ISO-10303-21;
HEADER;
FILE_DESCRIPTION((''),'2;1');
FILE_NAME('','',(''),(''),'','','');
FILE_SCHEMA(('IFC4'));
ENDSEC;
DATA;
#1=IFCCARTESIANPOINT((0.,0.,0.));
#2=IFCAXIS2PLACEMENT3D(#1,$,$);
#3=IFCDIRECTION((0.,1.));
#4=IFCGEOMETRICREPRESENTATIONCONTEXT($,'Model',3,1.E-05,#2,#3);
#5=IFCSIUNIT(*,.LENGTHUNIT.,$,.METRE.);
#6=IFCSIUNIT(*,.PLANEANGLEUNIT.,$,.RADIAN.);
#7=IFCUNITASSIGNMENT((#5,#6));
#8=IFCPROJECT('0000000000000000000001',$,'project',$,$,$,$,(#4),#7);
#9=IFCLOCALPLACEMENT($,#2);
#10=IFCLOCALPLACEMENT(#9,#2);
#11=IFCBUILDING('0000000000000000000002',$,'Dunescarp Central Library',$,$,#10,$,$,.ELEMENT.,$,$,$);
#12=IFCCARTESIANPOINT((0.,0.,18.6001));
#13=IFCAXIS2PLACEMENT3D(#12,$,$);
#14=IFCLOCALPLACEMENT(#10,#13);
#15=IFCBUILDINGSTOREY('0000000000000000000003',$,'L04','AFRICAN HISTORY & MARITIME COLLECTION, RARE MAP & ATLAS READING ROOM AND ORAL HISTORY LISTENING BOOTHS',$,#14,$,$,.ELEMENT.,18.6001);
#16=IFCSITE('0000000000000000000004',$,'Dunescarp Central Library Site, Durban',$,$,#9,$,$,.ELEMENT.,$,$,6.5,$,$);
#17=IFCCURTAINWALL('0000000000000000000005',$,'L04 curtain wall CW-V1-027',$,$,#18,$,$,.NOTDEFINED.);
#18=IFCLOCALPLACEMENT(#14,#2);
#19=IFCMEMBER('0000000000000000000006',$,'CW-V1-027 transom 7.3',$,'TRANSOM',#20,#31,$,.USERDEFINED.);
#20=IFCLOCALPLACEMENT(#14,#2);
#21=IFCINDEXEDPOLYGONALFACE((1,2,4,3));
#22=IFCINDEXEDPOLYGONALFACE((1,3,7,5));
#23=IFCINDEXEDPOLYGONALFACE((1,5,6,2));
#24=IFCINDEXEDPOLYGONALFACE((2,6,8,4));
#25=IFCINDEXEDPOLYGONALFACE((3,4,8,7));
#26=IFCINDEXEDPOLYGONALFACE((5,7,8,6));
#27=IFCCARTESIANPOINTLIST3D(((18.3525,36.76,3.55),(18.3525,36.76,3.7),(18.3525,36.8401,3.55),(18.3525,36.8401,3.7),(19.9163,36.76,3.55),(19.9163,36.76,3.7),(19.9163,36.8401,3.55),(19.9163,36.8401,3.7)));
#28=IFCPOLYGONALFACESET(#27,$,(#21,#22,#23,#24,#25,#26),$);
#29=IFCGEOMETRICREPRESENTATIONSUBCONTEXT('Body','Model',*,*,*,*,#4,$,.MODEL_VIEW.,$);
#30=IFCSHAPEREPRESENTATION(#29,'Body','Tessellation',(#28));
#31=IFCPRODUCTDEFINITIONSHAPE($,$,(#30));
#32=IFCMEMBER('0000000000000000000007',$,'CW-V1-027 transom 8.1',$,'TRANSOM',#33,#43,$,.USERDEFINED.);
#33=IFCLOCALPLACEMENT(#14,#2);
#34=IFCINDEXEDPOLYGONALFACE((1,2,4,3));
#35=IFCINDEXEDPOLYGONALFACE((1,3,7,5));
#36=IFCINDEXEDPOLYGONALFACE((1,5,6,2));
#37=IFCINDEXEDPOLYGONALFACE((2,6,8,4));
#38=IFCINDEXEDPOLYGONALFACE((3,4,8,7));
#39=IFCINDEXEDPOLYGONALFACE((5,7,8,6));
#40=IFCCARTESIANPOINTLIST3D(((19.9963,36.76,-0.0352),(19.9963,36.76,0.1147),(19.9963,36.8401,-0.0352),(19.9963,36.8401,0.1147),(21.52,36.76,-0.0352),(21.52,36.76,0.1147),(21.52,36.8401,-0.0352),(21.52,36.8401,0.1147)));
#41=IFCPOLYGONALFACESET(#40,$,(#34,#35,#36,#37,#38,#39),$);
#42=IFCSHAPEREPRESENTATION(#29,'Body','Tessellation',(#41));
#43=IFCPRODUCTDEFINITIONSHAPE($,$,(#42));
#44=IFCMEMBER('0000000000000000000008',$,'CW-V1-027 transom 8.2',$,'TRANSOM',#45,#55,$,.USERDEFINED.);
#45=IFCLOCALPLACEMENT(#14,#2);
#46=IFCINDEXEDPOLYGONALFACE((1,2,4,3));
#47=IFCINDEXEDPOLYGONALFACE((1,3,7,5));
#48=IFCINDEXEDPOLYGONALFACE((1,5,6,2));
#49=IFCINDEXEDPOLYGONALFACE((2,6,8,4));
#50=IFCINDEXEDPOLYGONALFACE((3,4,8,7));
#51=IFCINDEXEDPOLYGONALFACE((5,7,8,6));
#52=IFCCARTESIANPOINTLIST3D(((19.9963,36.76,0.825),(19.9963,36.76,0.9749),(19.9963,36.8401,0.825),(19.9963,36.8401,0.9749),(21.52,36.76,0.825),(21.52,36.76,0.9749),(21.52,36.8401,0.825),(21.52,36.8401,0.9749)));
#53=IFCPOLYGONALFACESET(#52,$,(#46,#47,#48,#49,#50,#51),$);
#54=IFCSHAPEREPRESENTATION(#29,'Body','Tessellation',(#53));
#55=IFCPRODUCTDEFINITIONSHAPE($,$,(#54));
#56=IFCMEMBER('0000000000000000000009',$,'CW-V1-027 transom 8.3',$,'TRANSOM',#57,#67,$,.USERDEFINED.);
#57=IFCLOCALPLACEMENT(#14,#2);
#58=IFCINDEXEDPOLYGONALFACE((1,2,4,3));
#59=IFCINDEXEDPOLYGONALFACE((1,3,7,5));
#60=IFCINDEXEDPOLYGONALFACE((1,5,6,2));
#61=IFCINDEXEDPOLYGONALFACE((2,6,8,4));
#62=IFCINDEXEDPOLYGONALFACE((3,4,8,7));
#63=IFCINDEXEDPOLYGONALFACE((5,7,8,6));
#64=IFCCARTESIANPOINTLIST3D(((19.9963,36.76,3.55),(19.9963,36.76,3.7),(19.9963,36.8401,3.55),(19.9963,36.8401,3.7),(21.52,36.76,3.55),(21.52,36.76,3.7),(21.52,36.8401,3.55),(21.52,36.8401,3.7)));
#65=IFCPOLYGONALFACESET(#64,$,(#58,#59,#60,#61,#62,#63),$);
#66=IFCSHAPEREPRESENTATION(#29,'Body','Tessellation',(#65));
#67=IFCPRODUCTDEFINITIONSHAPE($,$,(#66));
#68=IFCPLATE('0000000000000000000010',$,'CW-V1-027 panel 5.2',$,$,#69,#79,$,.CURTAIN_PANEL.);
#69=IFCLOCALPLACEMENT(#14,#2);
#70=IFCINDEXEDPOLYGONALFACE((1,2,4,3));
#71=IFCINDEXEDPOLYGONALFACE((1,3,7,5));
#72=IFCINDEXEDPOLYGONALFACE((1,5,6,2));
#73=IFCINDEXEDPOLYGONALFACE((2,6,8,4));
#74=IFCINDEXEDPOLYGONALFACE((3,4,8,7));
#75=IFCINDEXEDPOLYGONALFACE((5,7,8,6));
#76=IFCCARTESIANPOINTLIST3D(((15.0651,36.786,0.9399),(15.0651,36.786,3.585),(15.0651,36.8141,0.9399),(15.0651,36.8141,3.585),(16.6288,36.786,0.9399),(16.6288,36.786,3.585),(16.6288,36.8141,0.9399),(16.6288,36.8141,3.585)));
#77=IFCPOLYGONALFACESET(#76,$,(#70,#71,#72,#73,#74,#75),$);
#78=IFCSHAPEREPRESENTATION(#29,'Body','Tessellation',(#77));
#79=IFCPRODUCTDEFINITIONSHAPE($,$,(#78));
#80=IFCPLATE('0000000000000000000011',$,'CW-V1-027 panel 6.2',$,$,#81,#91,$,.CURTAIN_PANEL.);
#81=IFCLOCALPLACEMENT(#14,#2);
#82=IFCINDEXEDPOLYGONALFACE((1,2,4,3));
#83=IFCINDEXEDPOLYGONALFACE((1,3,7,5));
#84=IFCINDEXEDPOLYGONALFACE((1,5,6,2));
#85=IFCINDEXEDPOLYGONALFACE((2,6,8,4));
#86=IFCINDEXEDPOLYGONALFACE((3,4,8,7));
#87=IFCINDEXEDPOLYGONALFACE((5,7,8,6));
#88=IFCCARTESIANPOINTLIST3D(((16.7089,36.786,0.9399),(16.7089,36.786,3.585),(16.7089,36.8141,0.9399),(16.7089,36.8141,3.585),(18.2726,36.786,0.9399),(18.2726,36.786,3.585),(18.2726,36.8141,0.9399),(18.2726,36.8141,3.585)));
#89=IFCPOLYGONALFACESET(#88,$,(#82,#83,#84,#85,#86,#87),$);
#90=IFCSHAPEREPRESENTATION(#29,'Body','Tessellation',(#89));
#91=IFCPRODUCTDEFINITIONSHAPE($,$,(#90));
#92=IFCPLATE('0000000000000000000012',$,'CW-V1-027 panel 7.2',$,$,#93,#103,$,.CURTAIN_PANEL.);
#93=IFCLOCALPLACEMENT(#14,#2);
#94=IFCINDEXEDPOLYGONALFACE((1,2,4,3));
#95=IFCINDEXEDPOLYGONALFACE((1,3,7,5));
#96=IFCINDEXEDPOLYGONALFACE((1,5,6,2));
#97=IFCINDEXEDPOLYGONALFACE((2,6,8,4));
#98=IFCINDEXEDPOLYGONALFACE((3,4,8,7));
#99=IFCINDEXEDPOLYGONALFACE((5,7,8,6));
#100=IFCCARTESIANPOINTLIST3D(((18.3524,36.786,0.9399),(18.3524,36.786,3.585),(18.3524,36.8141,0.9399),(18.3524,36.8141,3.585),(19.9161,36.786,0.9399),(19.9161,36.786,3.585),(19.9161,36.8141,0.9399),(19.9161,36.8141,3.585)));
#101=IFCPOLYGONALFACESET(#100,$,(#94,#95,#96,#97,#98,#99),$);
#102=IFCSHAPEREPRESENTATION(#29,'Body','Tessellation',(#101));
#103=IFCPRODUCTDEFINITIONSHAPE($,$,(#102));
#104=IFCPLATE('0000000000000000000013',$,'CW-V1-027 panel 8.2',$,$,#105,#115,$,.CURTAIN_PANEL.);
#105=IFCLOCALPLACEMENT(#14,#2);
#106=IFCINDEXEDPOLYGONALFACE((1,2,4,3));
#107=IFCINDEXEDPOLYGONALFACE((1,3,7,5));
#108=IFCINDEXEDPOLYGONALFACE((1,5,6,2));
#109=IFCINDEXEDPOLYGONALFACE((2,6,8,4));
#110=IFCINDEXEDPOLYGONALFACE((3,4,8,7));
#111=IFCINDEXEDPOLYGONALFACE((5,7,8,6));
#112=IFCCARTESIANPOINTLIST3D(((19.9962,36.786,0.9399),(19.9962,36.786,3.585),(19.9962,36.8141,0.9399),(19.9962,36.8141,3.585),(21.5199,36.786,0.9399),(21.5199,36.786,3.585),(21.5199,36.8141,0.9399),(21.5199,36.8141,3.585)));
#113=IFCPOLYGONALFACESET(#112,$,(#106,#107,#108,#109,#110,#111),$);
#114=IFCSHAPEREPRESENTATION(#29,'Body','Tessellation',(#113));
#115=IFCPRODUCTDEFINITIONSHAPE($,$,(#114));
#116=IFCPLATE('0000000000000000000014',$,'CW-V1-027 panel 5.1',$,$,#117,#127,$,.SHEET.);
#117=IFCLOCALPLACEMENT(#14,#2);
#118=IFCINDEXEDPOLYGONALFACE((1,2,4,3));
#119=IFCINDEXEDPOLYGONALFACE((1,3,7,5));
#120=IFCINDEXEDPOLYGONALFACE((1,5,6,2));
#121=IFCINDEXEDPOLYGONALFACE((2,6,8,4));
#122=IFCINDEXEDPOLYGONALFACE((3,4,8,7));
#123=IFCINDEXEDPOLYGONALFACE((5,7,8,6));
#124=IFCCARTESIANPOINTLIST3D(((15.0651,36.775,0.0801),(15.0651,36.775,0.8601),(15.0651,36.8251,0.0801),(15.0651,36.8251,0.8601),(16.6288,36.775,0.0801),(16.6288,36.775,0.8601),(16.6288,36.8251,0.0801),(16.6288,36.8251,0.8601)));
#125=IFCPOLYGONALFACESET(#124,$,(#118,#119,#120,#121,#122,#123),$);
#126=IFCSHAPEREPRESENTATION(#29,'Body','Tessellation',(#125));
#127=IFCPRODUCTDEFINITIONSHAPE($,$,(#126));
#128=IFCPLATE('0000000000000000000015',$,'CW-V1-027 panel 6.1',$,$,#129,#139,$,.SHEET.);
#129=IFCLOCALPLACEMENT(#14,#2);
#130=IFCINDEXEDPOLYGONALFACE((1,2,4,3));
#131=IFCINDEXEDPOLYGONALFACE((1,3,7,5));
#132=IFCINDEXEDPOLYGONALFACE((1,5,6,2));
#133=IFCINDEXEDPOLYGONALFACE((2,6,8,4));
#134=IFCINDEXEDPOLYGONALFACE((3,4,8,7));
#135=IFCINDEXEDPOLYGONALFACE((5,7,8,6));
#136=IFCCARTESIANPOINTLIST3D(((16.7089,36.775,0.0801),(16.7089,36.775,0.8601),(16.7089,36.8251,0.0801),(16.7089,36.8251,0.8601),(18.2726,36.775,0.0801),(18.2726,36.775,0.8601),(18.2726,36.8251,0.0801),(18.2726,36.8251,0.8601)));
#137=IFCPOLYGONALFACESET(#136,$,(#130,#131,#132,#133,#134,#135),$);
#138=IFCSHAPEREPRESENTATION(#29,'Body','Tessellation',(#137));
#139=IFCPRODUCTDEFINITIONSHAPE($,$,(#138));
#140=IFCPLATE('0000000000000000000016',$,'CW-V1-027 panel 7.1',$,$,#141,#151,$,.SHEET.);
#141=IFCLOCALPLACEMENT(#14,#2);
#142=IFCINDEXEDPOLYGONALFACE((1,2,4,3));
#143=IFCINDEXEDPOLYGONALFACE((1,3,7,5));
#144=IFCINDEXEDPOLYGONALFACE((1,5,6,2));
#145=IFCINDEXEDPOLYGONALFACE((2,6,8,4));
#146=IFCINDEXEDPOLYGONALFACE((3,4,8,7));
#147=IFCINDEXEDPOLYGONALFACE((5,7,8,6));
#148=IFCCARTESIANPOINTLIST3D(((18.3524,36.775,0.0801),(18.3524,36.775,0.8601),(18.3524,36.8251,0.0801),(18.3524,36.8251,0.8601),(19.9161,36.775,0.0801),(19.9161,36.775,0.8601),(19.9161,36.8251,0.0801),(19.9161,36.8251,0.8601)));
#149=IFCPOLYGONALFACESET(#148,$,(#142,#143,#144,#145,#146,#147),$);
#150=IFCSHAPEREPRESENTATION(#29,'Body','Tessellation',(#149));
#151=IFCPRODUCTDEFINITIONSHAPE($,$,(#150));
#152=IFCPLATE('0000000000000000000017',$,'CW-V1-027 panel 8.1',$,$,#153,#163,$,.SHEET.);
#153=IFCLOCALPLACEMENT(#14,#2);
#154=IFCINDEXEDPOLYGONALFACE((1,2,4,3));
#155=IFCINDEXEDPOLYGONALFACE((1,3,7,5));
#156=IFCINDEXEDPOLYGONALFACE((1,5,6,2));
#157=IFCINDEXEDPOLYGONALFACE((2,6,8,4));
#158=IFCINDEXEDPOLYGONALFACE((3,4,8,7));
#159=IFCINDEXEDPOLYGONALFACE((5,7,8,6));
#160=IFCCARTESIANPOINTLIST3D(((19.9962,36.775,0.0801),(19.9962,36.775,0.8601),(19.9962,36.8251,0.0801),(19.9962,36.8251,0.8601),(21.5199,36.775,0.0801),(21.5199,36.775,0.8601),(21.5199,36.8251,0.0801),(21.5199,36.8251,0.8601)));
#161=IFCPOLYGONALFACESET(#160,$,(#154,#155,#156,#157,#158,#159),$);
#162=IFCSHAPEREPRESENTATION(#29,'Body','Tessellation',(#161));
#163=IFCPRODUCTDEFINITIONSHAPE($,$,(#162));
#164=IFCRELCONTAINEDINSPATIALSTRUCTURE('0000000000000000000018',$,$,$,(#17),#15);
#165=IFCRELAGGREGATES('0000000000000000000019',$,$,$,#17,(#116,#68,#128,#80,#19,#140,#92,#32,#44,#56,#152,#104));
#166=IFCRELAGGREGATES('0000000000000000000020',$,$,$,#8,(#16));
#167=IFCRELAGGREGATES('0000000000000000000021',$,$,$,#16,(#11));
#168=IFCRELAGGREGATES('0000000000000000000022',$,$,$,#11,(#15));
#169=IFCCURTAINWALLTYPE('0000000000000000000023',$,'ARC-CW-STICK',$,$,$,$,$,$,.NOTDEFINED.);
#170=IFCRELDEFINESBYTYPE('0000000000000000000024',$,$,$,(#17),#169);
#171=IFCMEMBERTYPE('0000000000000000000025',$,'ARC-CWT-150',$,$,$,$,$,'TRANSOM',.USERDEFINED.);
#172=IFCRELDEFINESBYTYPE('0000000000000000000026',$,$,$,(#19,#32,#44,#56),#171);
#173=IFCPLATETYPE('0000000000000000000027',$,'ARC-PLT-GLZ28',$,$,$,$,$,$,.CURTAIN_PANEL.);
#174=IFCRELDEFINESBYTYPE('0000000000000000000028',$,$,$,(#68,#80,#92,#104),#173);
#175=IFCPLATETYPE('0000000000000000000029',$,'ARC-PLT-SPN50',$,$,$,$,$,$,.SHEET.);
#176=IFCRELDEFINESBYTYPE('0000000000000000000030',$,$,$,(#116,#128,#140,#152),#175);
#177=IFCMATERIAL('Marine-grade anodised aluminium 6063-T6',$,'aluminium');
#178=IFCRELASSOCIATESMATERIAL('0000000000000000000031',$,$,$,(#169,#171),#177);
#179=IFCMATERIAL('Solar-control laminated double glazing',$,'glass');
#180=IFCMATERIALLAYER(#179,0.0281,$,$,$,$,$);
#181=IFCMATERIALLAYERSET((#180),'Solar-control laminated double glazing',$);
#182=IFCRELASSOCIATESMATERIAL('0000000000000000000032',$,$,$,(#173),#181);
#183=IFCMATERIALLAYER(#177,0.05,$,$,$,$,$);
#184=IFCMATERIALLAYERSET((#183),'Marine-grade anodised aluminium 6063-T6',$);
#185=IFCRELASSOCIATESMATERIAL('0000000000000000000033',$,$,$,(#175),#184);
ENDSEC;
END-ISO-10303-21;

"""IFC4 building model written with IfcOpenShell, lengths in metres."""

from ifc_helpers import new_model, si_unit, direction, frame, origin, origin_2d, place, context, subcontext, project, spatial, rectangle, extrude, material, layer, layer_set, material_profile, profile_set, type_object, element, aggregate, save


model = new_model("IFC4")

# Units and contexts
model_context = context("Model", 3, precision=1e-05, world=origin(), true_north=direction((0.0, 1.0)))
body_context = subcontext(model_context, "Body", "Model", "MODEL_VIEW")
ifc_project = project(units=[si_unit("LENGTHUNIT", "METRE"), si_unit("PLANEANGLEUNIT", "RADIAN")], contexts=[model_context])

# Site, building, storey
site_placement = place(None, origin())
site = spatial("IfcSite", under=ifc_project, at=site_placement, Name="Dunescarp Central Library Site, Durban", CompositionType="ELEMENT", RefElevation=6.5)
building_placement = place(site_placement, origin())
building = spatial("IfcBuilding", under=site, at=building_placement, Name="Dunescarp Central Library", CompositionType="ELEMENT")
storey_placement = place(building_placement, frame((0.0, 0.0, 18.6001)))
storey = spatial("IfcBuildingStorey", under=building, at=storey_placement, Name="L04", Description="AFRICAN HISTORY & MARITIME COLLECTION, RARE MAP & ATLAS READING ROOM AND ORAL HISTORY LISTENING BOOTHS", CompositionType="ELEMENT", Elevation=18.6001)

# Curtain wall, members, plates
ifc_material_1 = material(Name="Marine-grade anodised aluminium 6063-T6", Category="aluminium")
curtain_wall_type = type_object("IfcCurtainWallType", Name="ARC-CW-STICK", PredefinedType="NOTDEFINED", material=ifc_material_1)
curtain_wall_placement = place(storey_placement, origin())
curtain_wall = element("IfcCurtainWall", 1, at=curtain_wall_placement, inside=storey, type_object=curtain_wall_type, Name="L04 curtain wall CW-V1-027", PredefinedType="NOTDEFINED")
ifc_material_profile_1 = material_profile(ifc_material_1, rectangle(XDim=0.0801, YDim=0.1499, at=origin_2d()), Name="AL 80x150")
ifc_profile_set_1 = profile_set([ifc_material_profile_1], Name="Marine-grade anodised aluminium 6063-T6")
member_type_1 = type_object("IfcMemberType", Name="ARC-CWT-150", ElementType="TRANSOM", PredefinedType="USERDEFINED", material=ifc_profile_set_1)
member_1_placement = place(storey_placement, frame((18.3525, 36.8, 3.625), z_axis=(1.0, 0.0, 0.0), x_axis=(0.0, 1.0, 0.0)))
member_1 = element("IfcMember", 2, at=member_1_placement, type_object=member_type_1, Name="CW-V1-027 transom 7.3", ObjectType="TRANSOM", PredefinedType="USERDEFINED", context=body_context, shape_type="SweptSolid", body=[
    extrude(rectangle(XDim=0.0801, YDim=0.1499, at=origin_2d()), origin(), (0.0, 0.0, 1.0), 1.5637),
])
member_2_placement = place(storey_placement, frame((19.9963, 36.8, 0.0398), z_axis=(1.0, 0.0, 0.0), x_axis=(0.0, 1.0, 0.0)))
member_2 = element("IfcMember", 3, at=member_2_placement, type_object=member_type_1, Name="CW-V1-027 transom 8.1", ObjectType="TRANSOM", PredefinedType="USERDEFINED", context=body_context, shape_type="SweptSolid", body=[
    extrude(rectangle(XDim=0.0801, YDim=0.1499, at=origin_2d()), origin(), (0.0, 0.0, 1.0), 1.5237),
])
member_3_placement = place(storey_placement, frame((19.9963, 36.8, 0.8999), z_axis=(1.0, 0.0, 0.0), x_axis=(0.0, 1.0, 0.0)))
member_3 = element("IfcMember", 4, at=member_3_placement, type_object=member_type_1, Name="CW-V1-027 transom 8.2", ObjectType="TRANSOM", PredefinedType="USERDEFINED", context=body_context, shape_type="SweptSolid", body=[
    extrude(rectangle(XDim=0.0801, YDim=0.1499, at=origin_2d()), origin(), (0.0, 0.0, 1.0), 1.5237),
])
member_4_placement = place(storey_placement, frame((19.9963, 36.8, 3.625), z_axis=(1.0, 0.0, 0.0), x_axis=(0.0, 1.0, 0.0)))
member_4 = element("IfcMember", 5, at=member_4_placement, type_object=member_type_1, Name="CW-V1-027 transom 8.3", ObjectType="TRANSOM", PredefinedType="USERDEFINED", context=body_context, shape_type="SweptSolid", body=[
    extrude(rectangle(XDim=0.0801, YDim=0.1499, at=origin_2d()), origin(), (0.0, 0.0, 1.0), 1.5237),
])
ifc_material_2 = material(Name="Solar-control laminated double glazing", Category="glass")
ifc_layer_1 = layer(ifc_material_2, 0.0281)
ifc_layer_set_1 = layer_set([ifc_layer_1], Name="Solar-control laminated double glazing")
plate_type_1 = type_object("IfcPlateType", Name="ARC-PLT-GLZ28", PredefinedType="CURTAIN_PANEL", material=ifc_layer_set_1)
plate_1_placement = place(storey_placement, frame((15.8469, 36.8, 0.9399), z_axis=(0.0, 0.0, 1.0), x_axis=(1.0, 0.0, 0.0)))
plate_1 = element("IfcPlate", 6, at=plate_1_placement, type_object=plate_type_1, Name="CW-V1-027 panel 5.2", PredefinedType="CURTAIN_PANEL", context=body_context, shape_type="SweptSolid", body=[
    extrude(rectangle(XDim=1.5637, YDim=0.0281, at=origin_2d()), origin(), (0.0, 0.0, 1.0), 2.645),
])
plate_2_placement = place(storey_placement, frame((17.4907, 36.8, 0.9399), z_axis=(0.0, 0.0, 1.0), x_axis=(1.0, 0.0, 0.0)))
plate_2 = element("IfcPlate", 7, at=plate_2_placement, type_object=plate_type_1, Name="CW-V1-027 panel 6.2", PredefinedType="CURTAIN_PANEL", context=body_context, shape_type="SweptSolid", body=[
    extrude(rectangle(XDim=1.5637, YDim=0.0281, at=origin_2d()), origin(), (0.0, 0.0, 1.0), 2.645),
])
plate_3_placement = place(storey_placement, frame((19.1343, 36.8, 0.9399), z_axis=(0.0, 0.0, 1.0), x_axis=(1.0, 0.0, 0.0)))
plate_3 = element("IfcPlate", 8, at=plate_3_placement, type_object=plate_type_1, Name="CW-V1-027 panel 7.2", PredefinedType="CURTAIN_PANEL", context=body_context, shape_type="SweptSolid", body=[
    extrude(rectangle(XDim=1.5637, YDim=0.0281, at=origin_2d()), origin(), (0.0, 0.0, 1.0), 2.645),
])
plate_4_placement = place(storey_placement, frame((20.7581, 36.8, 0.9399), z_axis=(0.0, 0.0, 1.0), x_axis=(1.0, 0.0, 0.0)))
plate_4 = element("IfcPlate", 9, at=plate_4_placement, type_object=plate_type_1, Name="CW-V1-027 panel 8.2", PredefinedType="CURTAIN_PANEL", context=body_context, shape_type="SweptSolid", body=[
    extrude(rectangle(XDim=1.5237, YDim=0.0281, at=origin_2d()), origin(), (0.0, 0.0, 1.0), 2.645),
])
ifc_layer_2 = layer(ifc_material_1, 0.05)
ifc_layer_set_2 = layer_set([ifc_layer_2], Name="Marine-grade anodised aluminium 6063-T6")
plate_type_2 = type_object("IfcPlateType", Name="ARC-PLT-SPN50", PredefinedType="SHEET", material=ifc_layer_set_2)
plate_5_placement = place(storey_placement, frame((15.8469, 36.8, 0.0801), z_axis=(0.0, 0.0, 1.0), x_axis=(1.0, 0.0, 0.0)))
plate_5 = element("IfcPlate", 10, at=plate_5_placement, type_object=plate_type_2, Name="CW-V1-027 panel 5.1", PredefinedType="SHEET", context=body_context, shape_type="SweptSolid", body=[
    extrude(rectangle(XDim=1.5637, YDim=0.05, at=origin_2d()), origin(), (0.0, 0.0, 1.0), 0.78),
])
plate_6_placement = place(storey_placement, frame((17.4907, 36.8, 0.0801), z_axis=(0.0, 0.0, 1.0), x_axis=(1.0, 0.0, 0.0)))
plate_6 = element("IfcPlate", 11, at=plate_6_placement, type_object=plate_type_2, Name="CW-V1-027 panel 6.1", PredefinedType="SHEET", context=body_context, shape_type="SweptSolid", body=[
    extrude(rectangle(XDim=1.5637, YDim=0.05, at=origin_2d()), origin(), (0.0, 0.0, 1.0), 0.78),
])
plate_7_placement = place(storey_placement, frame((19.1343, 36.8, 0.0801), z_axis=(0.0, 0.0, 1.0), x_axis=(1.0, 0.0, 0.0)))
plate_7 = element("IfcPlate", 12, at=plate_7_placement, type_object=plate_type_2, Name="CW-V1-027 panel 7.1", PredefinedType="SHEET", context=body_context, shape_type="SweptSolid", body=[
    extrude(rectangle(XDim=1.5637, YDim=0.05, at=origin_2d()), origin(), (0.0, 0.0, 1.0), 0.78),
])
plate_8_placement = place(storey_placement, frame((20.7581, 36.8, 0.0801), z_axis=(0.0, 0.0, 1.0), x_axis=(1.0, 0.0, 0.0)))
plate_8 = element("IfcPlate", 13, at=plate_8_placement, type_object=plate_type_2, Name="CW-V1-027 panel 8.1", PredefinedType="SHEET", context=body_context, shape_type="SweptSolid", body=[
    extrude(rectangle(XDim=1.5237, YDim=0.05, at=origin_2d()), origin(), (0.0, 0.0, 1.0), 0.78),
])
aggregate(curtain_wall, [plate_5, plate_1, plate_6, plate_2, member_1, plate_7, plate_3, member_2, member_3, member_4, plate_8, plate_4])

save(model, "model.ifc")
